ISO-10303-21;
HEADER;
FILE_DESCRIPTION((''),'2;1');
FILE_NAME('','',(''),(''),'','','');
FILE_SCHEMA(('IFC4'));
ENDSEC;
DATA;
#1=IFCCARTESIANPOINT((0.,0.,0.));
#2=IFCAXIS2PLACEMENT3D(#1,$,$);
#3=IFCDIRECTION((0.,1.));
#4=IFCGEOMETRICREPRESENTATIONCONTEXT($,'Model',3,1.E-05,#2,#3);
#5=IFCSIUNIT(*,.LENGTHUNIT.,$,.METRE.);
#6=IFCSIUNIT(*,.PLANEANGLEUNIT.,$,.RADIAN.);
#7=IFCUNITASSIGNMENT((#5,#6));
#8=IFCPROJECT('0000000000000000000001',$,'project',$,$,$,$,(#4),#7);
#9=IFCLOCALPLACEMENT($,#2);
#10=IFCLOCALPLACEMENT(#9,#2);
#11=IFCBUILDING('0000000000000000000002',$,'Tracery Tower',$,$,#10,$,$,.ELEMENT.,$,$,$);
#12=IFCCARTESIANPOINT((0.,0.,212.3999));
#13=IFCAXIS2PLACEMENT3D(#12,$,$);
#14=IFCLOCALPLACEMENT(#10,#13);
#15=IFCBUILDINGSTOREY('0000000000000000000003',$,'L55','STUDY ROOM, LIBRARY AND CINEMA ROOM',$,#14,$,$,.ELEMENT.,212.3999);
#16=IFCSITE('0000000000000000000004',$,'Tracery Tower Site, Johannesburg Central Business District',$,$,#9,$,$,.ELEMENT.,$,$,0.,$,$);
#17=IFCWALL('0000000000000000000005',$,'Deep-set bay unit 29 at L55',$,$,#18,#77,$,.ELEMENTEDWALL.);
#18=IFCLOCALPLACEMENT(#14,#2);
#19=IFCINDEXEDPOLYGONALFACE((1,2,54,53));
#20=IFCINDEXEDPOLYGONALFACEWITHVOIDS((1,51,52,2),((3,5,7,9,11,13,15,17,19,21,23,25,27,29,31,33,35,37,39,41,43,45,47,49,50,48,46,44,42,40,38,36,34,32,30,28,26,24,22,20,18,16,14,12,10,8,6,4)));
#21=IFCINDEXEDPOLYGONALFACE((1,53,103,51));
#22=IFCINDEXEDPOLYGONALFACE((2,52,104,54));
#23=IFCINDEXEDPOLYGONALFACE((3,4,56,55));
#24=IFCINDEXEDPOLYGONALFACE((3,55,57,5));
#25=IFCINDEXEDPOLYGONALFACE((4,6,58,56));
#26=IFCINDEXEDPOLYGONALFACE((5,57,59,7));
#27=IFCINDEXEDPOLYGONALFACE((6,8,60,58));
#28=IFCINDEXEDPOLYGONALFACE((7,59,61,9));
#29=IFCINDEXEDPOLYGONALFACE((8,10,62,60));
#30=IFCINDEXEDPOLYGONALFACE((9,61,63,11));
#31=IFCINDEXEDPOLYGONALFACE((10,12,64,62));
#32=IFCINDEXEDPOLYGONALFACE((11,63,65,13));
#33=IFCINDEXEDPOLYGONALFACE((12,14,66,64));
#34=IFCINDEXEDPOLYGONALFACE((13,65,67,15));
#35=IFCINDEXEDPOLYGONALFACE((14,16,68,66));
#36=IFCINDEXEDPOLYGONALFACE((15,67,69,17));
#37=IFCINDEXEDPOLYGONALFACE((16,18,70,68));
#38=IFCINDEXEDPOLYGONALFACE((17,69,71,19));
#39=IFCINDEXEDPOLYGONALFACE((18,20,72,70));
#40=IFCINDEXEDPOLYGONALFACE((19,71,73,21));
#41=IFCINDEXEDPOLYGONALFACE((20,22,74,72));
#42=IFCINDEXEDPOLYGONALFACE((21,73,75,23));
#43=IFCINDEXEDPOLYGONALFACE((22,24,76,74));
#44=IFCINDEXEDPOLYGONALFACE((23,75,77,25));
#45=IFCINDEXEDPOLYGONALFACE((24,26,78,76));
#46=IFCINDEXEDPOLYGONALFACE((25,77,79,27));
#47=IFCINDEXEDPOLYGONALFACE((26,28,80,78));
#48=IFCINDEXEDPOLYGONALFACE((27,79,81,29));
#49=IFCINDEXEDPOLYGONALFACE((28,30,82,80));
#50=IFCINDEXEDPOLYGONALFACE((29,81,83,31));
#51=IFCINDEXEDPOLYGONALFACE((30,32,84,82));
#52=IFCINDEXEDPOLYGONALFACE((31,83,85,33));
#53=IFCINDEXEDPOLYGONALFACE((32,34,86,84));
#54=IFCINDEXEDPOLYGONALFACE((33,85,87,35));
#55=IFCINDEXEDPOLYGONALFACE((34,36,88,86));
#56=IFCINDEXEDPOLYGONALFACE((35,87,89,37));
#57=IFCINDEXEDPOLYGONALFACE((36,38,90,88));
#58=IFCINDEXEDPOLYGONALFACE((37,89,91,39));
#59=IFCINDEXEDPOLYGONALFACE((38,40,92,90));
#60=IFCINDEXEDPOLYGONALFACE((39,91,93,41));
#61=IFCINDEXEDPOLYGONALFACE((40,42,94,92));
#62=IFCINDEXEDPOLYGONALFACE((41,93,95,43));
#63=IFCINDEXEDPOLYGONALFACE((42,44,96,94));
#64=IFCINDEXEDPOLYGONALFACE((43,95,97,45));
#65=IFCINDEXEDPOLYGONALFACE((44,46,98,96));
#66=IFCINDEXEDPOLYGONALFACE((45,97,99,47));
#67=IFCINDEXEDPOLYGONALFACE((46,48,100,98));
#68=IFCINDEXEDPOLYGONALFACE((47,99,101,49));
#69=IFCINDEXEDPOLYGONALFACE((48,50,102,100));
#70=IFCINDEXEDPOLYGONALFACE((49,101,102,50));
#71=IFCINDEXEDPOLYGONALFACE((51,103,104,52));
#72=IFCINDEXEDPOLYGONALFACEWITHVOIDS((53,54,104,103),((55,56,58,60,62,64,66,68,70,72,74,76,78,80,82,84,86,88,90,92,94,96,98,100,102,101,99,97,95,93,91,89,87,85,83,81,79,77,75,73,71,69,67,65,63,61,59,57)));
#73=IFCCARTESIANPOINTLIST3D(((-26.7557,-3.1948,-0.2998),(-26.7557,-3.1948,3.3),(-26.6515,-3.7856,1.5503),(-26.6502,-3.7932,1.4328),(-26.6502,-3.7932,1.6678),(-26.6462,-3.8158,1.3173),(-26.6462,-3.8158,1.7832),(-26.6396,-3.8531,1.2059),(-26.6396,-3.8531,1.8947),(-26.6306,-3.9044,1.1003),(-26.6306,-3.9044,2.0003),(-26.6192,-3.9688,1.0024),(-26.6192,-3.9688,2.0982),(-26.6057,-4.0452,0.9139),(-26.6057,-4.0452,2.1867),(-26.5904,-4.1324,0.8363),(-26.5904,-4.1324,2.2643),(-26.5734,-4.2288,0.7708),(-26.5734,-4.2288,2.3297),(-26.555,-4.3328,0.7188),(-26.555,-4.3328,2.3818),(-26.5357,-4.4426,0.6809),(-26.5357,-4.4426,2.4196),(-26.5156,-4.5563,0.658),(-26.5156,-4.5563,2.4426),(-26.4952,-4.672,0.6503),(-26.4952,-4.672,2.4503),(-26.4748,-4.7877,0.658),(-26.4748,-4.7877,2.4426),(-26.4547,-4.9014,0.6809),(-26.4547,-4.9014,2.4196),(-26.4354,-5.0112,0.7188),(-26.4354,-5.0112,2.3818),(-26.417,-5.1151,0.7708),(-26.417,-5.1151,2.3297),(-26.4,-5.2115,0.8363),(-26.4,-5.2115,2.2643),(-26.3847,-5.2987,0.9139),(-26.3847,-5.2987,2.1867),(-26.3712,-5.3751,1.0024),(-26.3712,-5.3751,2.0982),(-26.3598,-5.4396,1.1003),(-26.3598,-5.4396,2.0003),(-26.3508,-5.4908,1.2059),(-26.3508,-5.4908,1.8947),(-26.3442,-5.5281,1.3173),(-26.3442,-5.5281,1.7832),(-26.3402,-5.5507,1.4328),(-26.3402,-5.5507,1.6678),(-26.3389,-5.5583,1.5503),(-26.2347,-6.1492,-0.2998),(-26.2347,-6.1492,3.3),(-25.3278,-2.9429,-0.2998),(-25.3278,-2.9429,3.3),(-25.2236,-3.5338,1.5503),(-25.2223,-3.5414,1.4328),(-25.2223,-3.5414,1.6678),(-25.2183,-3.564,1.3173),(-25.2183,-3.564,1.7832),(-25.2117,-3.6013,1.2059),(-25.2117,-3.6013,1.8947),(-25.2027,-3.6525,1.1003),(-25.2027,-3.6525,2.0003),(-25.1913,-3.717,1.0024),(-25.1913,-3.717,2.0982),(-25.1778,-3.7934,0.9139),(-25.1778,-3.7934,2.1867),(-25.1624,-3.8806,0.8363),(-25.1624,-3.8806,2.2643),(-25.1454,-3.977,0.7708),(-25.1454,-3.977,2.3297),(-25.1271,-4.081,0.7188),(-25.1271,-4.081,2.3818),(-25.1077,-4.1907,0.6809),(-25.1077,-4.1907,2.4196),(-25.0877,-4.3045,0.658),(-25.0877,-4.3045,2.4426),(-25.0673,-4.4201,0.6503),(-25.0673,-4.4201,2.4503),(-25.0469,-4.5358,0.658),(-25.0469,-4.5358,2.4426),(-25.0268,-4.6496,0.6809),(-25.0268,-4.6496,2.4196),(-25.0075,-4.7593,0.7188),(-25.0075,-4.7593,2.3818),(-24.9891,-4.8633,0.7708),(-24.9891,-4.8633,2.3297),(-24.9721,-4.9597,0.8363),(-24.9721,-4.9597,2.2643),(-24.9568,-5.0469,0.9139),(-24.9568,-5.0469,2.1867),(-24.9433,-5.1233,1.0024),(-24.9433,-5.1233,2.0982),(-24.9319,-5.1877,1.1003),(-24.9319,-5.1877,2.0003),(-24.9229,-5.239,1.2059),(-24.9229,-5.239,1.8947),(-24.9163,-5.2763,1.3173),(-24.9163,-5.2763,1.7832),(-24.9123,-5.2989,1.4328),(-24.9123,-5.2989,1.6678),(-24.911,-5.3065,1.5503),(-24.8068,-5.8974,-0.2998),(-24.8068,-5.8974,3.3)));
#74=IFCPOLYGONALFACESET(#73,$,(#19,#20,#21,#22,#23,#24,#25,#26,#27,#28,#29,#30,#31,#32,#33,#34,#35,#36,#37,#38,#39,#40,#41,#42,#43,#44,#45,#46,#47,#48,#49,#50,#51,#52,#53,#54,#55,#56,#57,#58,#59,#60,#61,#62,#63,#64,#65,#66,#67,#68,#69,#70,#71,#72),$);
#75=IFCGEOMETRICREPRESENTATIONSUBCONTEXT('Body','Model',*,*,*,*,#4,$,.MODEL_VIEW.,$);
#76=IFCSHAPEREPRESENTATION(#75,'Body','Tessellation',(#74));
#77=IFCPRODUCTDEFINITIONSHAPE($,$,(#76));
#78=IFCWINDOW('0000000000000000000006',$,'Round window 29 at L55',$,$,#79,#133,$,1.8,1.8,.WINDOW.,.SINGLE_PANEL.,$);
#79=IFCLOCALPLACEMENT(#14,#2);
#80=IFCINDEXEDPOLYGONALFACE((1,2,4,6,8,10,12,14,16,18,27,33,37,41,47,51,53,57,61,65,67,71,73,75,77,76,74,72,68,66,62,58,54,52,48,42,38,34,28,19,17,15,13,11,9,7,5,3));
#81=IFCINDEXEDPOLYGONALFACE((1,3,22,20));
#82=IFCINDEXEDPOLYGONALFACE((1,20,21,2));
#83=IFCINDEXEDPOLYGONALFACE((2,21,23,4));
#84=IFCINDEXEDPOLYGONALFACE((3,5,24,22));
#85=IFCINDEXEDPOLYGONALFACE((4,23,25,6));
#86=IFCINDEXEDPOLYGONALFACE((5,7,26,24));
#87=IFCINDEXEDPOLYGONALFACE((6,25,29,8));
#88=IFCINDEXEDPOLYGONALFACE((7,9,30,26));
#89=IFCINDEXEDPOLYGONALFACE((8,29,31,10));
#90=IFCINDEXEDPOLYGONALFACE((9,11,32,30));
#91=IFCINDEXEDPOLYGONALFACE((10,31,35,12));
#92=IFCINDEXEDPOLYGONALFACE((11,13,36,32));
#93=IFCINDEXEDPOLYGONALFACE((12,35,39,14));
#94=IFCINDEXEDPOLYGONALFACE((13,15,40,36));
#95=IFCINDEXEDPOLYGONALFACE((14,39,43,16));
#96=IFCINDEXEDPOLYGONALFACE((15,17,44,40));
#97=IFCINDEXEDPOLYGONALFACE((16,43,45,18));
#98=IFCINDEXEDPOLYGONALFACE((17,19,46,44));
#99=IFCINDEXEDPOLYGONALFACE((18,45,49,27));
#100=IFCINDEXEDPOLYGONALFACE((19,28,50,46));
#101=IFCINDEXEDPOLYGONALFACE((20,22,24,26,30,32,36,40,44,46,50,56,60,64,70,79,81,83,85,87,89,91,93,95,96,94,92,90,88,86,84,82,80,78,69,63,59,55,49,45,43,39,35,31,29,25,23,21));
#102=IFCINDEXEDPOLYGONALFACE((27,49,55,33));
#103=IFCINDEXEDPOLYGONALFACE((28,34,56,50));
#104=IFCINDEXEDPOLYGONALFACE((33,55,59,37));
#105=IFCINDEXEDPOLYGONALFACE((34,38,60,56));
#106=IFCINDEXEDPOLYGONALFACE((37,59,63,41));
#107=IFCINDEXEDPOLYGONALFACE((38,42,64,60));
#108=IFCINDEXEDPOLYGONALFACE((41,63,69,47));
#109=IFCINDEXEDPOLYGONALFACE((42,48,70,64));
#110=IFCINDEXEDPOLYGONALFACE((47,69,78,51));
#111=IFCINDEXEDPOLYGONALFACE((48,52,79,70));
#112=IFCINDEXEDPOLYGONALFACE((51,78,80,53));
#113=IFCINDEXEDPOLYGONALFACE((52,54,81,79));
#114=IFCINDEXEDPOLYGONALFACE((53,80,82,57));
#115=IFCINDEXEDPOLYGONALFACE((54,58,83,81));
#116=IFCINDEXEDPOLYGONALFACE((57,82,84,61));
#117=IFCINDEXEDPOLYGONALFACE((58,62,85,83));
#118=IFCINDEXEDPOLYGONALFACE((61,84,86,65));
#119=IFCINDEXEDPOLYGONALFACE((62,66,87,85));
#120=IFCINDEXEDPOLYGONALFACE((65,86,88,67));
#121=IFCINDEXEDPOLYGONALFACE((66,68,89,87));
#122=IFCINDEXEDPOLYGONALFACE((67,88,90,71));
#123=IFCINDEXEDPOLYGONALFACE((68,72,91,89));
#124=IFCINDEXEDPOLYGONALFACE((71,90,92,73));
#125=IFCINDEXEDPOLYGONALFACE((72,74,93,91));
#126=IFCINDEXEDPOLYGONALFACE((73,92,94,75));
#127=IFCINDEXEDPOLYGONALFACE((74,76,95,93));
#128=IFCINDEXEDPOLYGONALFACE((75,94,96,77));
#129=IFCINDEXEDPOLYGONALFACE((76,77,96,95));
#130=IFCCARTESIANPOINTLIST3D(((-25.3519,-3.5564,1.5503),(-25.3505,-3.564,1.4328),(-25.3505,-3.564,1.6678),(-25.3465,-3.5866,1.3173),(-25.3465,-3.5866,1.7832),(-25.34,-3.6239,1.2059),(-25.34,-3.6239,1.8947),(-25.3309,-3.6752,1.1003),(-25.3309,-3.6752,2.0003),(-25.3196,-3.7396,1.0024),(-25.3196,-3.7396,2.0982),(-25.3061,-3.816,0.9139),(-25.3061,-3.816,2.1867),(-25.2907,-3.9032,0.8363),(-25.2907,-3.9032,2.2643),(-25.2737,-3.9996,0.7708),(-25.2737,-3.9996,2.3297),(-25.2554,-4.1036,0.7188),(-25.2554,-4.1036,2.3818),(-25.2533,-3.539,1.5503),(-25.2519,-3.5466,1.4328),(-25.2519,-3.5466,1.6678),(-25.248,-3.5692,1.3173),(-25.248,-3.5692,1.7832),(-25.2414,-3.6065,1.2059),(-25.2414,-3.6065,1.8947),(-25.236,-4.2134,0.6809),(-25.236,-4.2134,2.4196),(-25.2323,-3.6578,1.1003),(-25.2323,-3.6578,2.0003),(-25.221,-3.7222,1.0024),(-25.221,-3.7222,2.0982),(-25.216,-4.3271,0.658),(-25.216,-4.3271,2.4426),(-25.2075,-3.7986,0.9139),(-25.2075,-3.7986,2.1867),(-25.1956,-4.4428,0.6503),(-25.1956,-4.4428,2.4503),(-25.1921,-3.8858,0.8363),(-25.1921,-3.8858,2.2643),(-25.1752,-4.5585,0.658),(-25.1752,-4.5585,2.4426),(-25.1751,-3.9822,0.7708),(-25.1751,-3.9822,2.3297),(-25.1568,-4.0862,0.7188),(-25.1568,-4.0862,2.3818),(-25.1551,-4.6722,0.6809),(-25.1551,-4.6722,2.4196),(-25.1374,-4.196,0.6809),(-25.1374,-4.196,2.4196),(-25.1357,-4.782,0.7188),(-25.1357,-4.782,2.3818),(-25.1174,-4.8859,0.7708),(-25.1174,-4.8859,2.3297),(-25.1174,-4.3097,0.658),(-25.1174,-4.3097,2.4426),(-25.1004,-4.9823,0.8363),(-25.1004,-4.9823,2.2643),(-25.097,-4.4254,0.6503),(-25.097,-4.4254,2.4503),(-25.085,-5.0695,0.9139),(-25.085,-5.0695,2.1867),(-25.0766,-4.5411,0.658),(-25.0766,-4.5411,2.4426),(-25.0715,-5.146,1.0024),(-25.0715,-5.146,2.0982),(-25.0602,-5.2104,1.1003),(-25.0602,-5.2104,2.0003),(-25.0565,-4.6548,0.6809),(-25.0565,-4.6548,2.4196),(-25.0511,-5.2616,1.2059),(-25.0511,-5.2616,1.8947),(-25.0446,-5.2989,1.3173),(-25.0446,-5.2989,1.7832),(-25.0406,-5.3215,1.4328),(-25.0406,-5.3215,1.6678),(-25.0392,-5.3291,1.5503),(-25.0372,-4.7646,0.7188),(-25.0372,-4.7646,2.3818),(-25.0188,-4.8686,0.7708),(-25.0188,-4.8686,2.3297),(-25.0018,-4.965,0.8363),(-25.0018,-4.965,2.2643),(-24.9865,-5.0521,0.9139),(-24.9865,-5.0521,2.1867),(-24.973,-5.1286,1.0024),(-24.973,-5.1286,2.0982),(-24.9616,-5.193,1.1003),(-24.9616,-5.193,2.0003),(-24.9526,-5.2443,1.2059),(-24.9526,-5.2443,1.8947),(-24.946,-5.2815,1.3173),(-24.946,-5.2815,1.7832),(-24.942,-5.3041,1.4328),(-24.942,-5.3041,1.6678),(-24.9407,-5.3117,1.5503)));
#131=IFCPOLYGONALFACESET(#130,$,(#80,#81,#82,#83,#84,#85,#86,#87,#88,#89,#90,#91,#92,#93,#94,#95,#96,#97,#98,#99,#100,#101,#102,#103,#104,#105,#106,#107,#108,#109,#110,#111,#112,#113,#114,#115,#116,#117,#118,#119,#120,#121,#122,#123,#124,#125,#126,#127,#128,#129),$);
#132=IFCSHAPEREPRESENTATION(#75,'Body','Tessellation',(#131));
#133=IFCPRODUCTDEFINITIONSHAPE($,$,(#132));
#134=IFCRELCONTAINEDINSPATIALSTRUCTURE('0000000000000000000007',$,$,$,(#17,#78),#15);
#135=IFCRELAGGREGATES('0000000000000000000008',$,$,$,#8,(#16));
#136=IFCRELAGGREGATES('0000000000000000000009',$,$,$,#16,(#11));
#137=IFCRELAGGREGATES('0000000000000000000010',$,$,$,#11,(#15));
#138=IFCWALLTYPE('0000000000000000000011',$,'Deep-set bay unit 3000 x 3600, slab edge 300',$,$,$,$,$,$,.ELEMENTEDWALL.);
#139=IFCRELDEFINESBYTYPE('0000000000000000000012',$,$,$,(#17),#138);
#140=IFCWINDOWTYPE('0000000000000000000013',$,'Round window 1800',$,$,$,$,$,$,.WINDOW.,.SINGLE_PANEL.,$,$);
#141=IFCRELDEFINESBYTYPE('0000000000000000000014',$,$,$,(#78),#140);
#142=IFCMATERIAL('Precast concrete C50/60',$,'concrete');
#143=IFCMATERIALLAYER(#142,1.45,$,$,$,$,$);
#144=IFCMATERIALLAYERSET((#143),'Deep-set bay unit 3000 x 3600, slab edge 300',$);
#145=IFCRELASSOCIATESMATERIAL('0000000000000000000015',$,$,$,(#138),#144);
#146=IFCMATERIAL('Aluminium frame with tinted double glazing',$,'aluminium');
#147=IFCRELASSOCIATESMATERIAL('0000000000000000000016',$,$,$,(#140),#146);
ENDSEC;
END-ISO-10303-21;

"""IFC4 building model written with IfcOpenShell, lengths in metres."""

from ifc_helpers import new_model, si_unit, direction, frame, frame_2d, origin, origin_2d, place, context, subcontext, project, spatial, rectangle, circle, extrude, material, layer, layer_set, type_object, element, fill, save


model = new_model("IFC4")

# Units and contexts
model_context = context("Model", 3, precision=1e-05, world=origin(), true_north=direction((0.0, 1.0)))
body_context = subcontext(model_context, "Body", "Model", "MODEL_VIEW")
ifc_project = project(units=[si_unit("LENGTHUNIT", "METRE"), si_unit("PLANEANGLEUNIT", "RADIAN")], contexts=[model_context])

# Site, building, storey
site_placement = place(None, origin())
site = spatial("IfcSite", under=ifc_project, at=site_placement, Name="Tracery Tower Site, Johannesburg Central Business District", CompositionType="ELEMENT", RefElevation=0.0)
building_placement = place(site_placement, origin())
building = spatial("IfcBuilding", under=site, at=building_placement, Name="Tracery Tower", CompositionType="ELEMENT")
storey_placement = place(building_placement, frame((0.0, 0.0, 212.3999)))
storey = spatial("IfcBuildingStorey", under=building, at=storey_placement, Name="L55", Description="STUDY ROOM, LIBRARY AND CINEMA ROOM", CompositionType="ELEMENT", Elevation=212.3999)

# Wall, opening, window
ifc_material_1 = material(Name="Precast concrete C50/60", Category="concrete")
ifc_layer_1 = layer(ifc_material_1, 1.45)
ifc_layer_set_1 = layer_set([ifc_layer_1], Name="Deep-set bay unit 3000 x 3600, slab edge 300")
wall_type_1 = type_object("IfcWallType", Name="Deep-set bay unit 3000 x 3600, slab edge 300", PredefinedType="ELEMENTEDWALL", material=ifc_layer_set_1)
wall_1_placement = place(storey_placement, frame((-26.0417, -3.0688, -0.2998), z_axis=(0.0, 0.0, 1.0), x_axis=(0.173669, -0.984804, 0.0)))
wall_1 = element("IfcWall", 1, at=wall_1_placement, inside=storey, type_object=wall_type_1, Name="Deep-set bay unit 29 at L55", PredefinedType="ELEMENTEDWALL", context=body_context, shape_type="SweptSolid", body=[
    extrude(rectangle(XDim=3.0, YDim=1.45, at=frame_2d((1.5, 0.0))), origin(), (0.0, 0.0, 1.0), 3.5999),
])
opening_1_placement = place(wall_1_placement, frame((1.5, 0.0, 1.8501)))
opening_1 = element("IfcOpeningElement", 2, at=opening_1_placement, cuts=wall_1, PredefinedType="OPENING", context=body_context, shape_type="SweptSolid", body=[
    extrude(circle(Radius=0.9, at=origin_2d()), frame((0.0, 0.7349, 0.0), z_axis=(0.0, -1.0, 0.0), x_axis=(1.0, 0.0, 0.0)), (0.0, 0.0, 1.0), 1.47),
])
ifc_material_2 = material(Name="Aluminium frame with tinted double glazing", Category="aluminium")
window_type = type_object("IfcWindowType", Name="Round window 1800", PartitioningType="SINGLE_PANEL", PredefinedType="WINDOW", material=ifc_material_2)
window_1_placement = place(opening_1_placement, origin())
window_1 = element("IfcWindow", 3, at=window_1_placement, inside=storey, type_object=window_type, Name="Round window 29 at L55", OverallHeight=1.8, OverallWidth=1.8, PartitioningType="SINGLE_PANEL", PredefinedType="WINDOW", context=body_context, shape_type="SweptSolid", body=[
    extrude(circle(Radius=0.9, at=origin_2d()), frame((0.0, 0.6948, 0.0), z_axis=(0.0, -1.0, 0.0), x_axis=(1.0, 0.0, 0.0)), (0.0, 0.0, 1.0), 0.1001),
])
fill(opening_1, window_1)

save(model, "model.ifc")
